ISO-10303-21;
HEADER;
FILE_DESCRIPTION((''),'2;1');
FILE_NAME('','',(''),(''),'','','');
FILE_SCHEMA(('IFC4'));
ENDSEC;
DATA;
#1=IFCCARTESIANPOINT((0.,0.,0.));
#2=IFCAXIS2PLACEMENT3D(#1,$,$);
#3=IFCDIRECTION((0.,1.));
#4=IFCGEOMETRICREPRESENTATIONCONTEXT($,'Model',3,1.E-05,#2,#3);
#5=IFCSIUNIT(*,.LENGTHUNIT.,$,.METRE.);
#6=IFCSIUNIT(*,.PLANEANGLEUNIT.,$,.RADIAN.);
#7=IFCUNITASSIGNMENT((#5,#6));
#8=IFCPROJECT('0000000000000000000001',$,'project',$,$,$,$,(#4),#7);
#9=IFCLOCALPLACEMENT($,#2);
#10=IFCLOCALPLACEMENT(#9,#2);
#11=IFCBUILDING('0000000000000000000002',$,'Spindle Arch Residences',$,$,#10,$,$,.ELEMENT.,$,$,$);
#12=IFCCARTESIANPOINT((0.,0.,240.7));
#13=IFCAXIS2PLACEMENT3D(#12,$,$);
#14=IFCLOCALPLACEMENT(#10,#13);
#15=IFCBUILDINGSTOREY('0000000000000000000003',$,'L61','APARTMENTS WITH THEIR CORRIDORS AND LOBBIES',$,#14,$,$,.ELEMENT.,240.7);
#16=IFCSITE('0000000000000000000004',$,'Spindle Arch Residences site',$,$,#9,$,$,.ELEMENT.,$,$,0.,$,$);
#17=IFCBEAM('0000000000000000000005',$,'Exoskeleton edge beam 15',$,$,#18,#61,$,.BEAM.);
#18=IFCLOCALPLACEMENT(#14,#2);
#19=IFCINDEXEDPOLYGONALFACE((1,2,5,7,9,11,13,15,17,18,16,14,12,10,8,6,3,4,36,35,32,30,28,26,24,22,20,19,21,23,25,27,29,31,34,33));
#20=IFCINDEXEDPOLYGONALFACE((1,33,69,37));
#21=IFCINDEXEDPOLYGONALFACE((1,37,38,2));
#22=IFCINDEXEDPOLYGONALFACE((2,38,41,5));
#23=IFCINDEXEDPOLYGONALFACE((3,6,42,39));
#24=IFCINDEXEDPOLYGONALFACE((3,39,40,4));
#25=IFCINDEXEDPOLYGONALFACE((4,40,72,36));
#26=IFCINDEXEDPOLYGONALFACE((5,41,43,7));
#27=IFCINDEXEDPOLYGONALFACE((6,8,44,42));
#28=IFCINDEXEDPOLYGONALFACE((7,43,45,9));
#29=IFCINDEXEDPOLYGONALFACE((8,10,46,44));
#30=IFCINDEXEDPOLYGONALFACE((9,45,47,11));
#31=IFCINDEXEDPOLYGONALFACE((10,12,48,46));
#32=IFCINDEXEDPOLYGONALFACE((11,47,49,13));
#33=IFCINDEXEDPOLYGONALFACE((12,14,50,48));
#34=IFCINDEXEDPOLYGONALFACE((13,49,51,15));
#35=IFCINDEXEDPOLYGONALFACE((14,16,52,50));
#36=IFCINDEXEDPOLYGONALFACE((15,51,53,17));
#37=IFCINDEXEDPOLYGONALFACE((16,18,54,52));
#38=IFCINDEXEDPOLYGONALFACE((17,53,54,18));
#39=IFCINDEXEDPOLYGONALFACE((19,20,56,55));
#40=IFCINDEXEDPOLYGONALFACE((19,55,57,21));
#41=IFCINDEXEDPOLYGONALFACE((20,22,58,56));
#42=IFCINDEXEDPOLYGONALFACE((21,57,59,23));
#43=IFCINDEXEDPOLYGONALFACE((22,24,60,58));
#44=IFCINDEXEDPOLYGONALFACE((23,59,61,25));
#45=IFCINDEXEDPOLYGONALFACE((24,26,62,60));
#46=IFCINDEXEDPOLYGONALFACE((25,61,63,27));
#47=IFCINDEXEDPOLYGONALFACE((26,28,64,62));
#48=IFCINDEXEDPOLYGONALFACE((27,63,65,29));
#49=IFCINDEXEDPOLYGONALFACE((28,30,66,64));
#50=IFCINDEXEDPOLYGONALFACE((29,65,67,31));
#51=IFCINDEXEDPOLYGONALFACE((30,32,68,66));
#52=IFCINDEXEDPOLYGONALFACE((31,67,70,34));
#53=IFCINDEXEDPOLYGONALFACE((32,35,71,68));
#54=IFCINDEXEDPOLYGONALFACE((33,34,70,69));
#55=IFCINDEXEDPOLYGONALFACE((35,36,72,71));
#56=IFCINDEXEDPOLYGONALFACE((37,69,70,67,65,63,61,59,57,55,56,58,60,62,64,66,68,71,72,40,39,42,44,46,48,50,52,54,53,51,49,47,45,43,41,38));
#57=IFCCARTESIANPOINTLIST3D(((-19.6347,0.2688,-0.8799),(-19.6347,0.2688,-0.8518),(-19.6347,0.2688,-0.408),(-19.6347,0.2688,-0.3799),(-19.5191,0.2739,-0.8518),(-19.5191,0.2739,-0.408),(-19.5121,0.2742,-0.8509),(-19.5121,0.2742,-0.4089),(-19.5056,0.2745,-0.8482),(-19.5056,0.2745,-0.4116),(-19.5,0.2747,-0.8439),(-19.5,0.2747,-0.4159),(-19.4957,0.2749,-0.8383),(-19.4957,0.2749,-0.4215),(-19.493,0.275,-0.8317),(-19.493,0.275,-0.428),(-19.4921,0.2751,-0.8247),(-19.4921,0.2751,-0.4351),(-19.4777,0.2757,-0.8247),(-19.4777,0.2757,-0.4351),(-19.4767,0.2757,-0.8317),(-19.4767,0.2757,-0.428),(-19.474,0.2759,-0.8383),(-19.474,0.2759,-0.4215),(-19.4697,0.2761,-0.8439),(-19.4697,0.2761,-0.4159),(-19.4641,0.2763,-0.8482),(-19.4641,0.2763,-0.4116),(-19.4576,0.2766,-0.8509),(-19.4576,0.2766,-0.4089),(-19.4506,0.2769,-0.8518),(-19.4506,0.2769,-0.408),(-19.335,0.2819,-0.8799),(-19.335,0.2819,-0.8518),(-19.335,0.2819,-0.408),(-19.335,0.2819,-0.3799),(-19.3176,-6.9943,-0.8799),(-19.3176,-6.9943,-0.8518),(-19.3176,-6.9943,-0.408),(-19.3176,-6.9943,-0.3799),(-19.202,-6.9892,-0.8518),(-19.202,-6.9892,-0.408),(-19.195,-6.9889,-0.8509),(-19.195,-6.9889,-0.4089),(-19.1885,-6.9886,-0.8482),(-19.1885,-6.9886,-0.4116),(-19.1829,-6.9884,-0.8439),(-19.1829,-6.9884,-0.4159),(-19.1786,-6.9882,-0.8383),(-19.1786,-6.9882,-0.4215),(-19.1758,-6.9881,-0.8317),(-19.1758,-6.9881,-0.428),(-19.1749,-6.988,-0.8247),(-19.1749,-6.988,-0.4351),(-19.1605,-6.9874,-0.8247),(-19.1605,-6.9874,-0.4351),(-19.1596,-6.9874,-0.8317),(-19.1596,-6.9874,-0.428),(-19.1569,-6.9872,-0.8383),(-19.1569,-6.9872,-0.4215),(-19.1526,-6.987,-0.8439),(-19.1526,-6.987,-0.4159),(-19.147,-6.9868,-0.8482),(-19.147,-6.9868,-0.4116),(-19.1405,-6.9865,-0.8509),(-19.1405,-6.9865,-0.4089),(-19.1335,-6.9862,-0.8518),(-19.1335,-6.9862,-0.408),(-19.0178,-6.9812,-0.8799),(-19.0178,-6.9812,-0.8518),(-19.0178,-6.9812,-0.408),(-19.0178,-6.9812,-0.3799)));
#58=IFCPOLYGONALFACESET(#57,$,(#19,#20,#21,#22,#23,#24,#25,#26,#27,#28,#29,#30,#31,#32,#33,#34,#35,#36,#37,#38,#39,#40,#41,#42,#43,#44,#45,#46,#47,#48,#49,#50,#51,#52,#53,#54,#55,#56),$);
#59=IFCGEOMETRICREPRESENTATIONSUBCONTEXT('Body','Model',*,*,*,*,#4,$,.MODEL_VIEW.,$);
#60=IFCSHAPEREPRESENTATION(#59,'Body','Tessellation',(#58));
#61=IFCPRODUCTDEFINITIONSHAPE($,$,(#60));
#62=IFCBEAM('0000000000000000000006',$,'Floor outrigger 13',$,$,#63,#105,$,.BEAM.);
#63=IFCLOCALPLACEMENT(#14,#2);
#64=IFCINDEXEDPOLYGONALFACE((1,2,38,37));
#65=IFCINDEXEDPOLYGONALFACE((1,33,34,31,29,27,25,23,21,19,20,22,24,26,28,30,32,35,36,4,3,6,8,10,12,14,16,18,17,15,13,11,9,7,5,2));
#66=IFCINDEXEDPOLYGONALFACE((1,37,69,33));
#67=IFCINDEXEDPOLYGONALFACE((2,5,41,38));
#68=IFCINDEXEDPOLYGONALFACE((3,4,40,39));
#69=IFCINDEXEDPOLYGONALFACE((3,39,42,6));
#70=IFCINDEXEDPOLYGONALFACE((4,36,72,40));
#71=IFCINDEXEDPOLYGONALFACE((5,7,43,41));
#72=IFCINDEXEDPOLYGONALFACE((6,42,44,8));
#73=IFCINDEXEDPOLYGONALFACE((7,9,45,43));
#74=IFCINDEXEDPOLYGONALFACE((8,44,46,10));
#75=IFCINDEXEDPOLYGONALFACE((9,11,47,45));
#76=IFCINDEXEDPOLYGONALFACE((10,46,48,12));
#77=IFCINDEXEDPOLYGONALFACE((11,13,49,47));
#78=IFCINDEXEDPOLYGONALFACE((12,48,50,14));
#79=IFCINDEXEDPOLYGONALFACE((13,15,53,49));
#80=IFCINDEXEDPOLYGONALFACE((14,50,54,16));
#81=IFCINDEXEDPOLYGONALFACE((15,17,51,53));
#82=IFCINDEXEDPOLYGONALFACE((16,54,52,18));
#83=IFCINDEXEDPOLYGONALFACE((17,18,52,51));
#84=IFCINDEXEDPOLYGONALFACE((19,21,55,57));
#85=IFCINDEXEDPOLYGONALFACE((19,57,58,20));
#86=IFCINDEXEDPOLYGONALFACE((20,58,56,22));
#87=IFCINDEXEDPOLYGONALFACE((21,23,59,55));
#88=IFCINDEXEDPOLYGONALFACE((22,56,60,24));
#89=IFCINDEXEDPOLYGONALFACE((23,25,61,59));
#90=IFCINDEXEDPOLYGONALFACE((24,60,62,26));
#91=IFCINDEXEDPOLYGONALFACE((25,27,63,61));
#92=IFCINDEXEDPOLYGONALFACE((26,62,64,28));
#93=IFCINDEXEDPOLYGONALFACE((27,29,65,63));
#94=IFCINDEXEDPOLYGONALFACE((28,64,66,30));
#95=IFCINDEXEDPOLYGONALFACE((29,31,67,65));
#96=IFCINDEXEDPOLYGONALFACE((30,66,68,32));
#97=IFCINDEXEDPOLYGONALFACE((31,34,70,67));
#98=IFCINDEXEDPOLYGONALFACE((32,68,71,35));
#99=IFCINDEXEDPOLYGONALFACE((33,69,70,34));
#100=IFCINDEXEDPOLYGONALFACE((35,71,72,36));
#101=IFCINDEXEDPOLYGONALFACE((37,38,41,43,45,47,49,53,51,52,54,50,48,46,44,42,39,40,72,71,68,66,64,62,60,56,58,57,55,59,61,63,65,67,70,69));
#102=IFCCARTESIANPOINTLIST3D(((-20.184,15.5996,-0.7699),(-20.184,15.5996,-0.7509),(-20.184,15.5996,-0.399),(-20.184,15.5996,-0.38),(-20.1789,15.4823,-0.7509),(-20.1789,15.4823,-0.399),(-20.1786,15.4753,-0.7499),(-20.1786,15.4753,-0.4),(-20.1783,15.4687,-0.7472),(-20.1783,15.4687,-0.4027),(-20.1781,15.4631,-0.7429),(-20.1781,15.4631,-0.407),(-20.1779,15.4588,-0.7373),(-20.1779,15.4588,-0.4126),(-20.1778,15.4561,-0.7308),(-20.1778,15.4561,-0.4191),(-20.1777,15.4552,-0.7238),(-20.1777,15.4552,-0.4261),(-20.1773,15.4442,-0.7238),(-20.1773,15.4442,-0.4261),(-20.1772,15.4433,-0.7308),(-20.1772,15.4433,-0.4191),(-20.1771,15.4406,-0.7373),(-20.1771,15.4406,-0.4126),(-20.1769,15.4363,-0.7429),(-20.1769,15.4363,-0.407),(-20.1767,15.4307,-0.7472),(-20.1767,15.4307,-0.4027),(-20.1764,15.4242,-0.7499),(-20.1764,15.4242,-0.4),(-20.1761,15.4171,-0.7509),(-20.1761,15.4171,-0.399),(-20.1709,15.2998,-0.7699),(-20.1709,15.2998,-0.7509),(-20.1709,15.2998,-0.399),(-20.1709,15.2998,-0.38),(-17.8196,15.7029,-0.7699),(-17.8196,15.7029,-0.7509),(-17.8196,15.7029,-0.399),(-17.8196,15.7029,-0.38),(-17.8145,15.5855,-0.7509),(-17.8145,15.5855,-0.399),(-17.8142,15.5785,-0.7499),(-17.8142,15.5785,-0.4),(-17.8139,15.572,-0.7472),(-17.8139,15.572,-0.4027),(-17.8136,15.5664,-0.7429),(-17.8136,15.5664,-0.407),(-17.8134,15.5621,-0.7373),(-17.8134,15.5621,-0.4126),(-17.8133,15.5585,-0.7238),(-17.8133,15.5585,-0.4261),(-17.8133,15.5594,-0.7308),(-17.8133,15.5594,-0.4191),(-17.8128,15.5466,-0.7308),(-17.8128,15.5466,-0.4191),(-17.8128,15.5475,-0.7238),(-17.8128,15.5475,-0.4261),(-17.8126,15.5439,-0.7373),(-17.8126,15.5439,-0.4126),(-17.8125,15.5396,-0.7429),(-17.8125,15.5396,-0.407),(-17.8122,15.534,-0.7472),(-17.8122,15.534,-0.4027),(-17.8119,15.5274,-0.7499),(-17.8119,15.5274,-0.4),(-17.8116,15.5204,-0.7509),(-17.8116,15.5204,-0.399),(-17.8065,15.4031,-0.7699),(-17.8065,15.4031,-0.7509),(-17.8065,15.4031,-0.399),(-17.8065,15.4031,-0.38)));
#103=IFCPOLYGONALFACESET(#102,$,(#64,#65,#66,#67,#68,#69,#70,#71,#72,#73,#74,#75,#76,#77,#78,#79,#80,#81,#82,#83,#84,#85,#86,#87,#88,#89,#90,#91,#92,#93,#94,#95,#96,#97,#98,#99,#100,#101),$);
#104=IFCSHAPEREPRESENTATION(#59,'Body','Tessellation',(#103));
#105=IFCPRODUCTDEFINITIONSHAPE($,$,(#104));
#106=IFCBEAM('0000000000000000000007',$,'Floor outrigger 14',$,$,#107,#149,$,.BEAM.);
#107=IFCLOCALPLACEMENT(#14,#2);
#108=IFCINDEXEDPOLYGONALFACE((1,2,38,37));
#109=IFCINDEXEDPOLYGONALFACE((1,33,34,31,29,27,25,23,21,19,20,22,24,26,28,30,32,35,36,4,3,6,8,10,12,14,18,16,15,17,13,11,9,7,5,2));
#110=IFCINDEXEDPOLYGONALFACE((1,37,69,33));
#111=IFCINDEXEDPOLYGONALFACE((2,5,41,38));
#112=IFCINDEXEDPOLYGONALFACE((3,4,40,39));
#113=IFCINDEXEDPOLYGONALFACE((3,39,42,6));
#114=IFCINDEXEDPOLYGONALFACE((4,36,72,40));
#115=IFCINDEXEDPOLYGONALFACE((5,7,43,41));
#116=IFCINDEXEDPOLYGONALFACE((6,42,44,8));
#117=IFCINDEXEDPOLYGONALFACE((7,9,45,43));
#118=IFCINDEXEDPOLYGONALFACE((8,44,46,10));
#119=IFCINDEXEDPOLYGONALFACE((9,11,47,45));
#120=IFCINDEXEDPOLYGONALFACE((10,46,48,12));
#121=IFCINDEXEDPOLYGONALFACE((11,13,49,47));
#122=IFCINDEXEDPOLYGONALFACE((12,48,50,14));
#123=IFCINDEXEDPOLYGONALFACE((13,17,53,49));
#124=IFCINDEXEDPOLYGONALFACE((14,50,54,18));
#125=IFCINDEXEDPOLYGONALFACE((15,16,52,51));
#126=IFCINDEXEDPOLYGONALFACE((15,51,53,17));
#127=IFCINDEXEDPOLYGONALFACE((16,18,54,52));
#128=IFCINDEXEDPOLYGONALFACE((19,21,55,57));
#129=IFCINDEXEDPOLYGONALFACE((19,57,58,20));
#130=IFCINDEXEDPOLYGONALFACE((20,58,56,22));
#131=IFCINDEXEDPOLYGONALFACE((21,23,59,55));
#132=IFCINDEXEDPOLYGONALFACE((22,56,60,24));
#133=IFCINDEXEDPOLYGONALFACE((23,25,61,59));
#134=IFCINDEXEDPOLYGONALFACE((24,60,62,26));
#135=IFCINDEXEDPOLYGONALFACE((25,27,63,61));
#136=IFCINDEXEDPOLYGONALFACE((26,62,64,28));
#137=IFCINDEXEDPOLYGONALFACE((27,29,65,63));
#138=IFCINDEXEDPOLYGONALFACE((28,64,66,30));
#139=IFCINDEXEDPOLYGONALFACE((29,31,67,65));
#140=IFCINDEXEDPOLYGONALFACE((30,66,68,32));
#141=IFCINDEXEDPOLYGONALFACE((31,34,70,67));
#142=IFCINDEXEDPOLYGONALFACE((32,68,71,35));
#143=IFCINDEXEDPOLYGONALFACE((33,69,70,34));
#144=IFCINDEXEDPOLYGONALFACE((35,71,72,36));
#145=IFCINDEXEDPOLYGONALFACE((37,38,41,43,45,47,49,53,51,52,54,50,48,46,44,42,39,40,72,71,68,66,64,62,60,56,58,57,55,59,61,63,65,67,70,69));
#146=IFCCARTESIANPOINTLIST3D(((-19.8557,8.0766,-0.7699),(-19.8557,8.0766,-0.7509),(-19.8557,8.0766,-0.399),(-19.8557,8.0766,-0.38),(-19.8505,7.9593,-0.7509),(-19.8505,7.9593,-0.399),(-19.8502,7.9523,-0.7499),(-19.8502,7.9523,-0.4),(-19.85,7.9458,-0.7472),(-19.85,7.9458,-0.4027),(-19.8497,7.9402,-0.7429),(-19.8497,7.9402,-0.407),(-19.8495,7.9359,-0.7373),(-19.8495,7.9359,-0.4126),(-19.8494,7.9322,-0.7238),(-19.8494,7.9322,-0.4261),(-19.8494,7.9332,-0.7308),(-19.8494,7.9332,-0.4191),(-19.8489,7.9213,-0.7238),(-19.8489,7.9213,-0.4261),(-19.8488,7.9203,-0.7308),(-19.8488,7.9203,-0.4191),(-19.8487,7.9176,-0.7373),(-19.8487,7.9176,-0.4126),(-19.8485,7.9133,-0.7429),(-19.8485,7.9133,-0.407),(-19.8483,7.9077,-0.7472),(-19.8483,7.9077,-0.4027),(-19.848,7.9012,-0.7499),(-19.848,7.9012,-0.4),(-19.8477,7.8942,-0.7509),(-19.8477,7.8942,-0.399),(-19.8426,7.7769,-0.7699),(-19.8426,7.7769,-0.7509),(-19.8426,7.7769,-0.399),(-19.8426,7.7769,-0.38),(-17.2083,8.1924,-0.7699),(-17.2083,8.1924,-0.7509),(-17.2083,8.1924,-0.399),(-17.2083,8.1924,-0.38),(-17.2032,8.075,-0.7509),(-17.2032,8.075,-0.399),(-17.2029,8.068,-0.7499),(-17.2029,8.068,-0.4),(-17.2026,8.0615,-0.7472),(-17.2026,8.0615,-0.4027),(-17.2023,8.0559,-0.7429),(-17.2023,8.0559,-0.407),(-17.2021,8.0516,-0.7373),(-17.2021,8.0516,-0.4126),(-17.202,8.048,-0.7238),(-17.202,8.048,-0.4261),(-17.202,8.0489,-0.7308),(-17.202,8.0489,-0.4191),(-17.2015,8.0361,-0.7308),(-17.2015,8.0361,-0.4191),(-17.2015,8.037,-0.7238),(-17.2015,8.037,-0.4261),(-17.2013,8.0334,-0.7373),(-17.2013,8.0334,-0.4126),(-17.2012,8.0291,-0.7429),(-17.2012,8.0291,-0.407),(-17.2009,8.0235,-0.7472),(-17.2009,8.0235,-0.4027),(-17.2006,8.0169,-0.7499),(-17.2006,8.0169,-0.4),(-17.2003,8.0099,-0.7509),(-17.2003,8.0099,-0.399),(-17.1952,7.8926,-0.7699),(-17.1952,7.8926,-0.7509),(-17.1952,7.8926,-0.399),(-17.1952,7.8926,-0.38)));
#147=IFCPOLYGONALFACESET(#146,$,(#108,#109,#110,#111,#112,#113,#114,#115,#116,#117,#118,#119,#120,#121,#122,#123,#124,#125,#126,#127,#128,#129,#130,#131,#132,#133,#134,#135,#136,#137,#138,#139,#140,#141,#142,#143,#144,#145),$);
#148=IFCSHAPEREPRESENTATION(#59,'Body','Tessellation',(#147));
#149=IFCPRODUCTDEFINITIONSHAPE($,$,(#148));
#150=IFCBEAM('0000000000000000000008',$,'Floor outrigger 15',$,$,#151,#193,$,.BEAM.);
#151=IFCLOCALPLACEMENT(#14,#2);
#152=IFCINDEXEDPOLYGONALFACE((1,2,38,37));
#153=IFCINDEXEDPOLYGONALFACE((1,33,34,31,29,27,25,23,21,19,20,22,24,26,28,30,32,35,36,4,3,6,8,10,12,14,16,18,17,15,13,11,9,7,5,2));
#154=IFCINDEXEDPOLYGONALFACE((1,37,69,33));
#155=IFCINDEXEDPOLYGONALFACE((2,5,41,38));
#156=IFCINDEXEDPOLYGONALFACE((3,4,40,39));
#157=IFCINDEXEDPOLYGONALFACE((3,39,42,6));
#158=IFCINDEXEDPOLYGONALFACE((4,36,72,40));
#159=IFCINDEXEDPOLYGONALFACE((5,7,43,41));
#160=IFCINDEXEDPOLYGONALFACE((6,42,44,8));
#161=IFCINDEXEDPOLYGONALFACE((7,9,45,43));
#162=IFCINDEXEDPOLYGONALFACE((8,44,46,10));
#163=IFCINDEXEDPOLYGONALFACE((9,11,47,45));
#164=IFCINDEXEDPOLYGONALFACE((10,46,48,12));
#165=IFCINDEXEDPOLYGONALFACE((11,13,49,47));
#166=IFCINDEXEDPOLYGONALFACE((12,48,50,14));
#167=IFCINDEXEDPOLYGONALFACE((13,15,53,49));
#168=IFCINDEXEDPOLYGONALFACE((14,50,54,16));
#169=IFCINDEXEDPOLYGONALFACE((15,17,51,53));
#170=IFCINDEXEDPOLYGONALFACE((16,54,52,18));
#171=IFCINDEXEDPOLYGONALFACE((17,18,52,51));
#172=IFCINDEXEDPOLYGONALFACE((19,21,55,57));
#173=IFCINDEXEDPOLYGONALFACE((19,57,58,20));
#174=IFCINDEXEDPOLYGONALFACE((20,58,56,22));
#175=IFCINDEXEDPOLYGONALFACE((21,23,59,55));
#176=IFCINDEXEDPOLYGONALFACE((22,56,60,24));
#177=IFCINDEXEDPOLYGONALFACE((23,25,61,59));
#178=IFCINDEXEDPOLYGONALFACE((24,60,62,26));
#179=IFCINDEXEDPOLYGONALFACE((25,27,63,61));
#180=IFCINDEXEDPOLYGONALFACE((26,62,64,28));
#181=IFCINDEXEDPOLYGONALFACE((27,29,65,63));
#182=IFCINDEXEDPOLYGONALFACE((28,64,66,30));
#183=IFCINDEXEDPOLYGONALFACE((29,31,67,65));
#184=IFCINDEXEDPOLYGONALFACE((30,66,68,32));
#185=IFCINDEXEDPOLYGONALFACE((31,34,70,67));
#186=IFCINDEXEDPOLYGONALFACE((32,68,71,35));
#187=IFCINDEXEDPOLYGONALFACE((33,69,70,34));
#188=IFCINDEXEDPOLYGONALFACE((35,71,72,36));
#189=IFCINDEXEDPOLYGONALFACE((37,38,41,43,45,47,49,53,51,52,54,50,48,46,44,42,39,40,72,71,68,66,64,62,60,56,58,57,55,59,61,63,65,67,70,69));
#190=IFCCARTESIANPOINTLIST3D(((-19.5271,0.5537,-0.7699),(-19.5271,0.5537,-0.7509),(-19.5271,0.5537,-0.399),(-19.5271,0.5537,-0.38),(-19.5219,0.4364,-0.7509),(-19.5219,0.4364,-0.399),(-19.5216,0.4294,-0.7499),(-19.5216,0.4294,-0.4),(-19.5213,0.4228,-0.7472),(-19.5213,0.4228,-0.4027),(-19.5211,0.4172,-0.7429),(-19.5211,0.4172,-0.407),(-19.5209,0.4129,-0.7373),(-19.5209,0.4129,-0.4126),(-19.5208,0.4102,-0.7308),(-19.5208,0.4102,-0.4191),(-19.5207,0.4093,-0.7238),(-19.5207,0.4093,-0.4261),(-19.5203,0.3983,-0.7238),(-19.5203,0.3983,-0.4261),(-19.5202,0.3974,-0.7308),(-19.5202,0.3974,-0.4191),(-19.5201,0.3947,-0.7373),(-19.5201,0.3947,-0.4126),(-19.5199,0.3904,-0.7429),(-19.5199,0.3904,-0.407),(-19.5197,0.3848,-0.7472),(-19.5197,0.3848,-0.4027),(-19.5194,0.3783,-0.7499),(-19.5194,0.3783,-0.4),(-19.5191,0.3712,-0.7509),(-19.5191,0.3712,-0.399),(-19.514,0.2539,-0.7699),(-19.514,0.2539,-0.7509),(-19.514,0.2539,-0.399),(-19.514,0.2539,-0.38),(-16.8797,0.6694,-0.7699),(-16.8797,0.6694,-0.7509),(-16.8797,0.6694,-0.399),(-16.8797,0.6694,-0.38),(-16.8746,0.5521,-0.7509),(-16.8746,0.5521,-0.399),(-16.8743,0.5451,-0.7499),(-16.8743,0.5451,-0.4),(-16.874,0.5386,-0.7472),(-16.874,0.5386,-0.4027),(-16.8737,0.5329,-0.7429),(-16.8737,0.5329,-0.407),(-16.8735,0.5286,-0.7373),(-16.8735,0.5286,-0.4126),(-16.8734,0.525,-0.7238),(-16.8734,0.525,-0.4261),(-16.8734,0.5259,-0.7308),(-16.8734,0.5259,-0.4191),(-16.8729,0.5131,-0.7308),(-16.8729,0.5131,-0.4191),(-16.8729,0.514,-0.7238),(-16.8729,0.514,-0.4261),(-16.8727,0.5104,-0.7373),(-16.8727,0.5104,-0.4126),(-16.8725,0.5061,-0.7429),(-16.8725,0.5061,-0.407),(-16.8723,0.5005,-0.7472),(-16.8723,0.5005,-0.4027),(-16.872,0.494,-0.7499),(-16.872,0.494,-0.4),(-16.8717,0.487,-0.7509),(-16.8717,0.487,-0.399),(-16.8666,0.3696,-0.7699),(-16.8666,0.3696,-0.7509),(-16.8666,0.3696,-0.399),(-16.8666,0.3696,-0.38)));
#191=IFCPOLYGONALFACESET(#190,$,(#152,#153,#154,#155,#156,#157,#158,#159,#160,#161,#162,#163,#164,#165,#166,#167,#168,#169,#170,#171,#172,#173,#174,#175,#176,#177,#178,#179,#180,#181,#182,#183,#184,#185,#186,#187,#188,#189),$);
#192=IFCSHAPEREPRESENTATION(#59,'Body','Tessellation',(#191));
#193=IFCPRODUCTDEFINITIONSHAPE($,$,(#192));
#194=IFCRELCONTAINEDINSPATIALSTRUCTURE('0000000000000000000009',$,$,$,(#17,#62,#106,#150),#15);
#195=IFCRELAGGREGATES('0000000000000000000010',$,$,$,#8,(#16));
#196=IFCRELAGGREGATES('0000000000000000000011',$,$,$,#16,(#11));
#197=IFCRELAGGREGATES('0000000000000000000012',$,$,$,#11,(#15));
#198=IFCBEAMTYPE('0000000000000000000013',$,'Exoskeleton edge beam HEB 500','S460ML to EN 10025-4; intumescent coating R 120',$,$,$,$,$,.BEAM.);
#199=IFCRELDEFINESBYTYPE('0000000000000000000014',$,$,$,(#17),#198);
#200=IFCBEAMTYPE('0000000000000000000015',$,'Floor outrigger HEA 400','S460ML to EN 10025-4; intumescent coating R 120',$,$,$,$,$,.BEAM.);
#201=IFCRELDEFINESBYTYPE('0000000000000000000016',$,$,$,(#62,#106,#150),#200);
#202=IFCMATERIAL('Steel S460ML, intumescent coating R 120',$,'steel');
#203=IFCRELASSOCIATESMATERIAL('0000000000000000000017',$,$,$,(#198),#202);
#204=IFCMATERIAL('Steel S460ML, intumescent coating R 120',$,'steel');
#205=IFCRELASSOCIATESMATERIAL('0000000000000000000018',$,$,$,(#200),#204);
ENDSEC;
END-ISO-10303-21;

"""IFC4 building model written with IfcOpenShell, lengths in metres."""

from ifc_helpers import new_model, si_unit, direction, frame, origin, origin_2d, place, context, subcontext, project, spatial, i_section, extrude, material, material_profile, profile_set, type_object, element, save


model = new_model("IFC4")

# Units and contexts
model_context = context("Model", 3, precision=1e-05, world=origin(), true_north=direction((0.0, 1.0)))
body_context = subcontext(model_context, "Body", "Model", "MODEL_VIEW")
ifc_project = project(units=[si_unit("LENGTHUNIT", "METRE"), si_unit("PLANEANGLEUNIT", "RADIAN")], contexts=[model_context])

# Site, building, storey
site_placement = place(None, origin())
site = spatial("IfcSite", under=ifc_project, at=site_placement, Name="Spindle Arch Residences site", CompositionType="ELEMENT", RefElevation=0.0)
building_placement = place(site_placement, origin())
building = spatial("IfcBuilding", under=site, at=building_placement, Name="Spindle Arch Residences", CompositionType="ELEMENT")
storey_placement = place(building_placement, frame((0.0, 0.0, 240.7)))
storey = spatial("IfcBuildingStorey", under=building, at=storey_placement, Name="L61", Description="APARTMENTS WITH THEIR CORRIDORS AND LOBBIES", CompositionType="ELEMENT", Elevation=240.7)

# Beams
ifc_material_1 = material(Name="Steel S460ML, intumescent coating R 120", Category="steel")
ifc_material_profile_1 = material_profile(ifc_material_1, i_section(OverallWidth=0.3, OverallDepth=0.5, WebThickness=0.0144, FlangeThickness=0.0281, FilletRadius=0.0271, at=origin_2d()), Name="HEB 500")
ifc_profile_set_1 = profile_set([ifc_material_profile_1], Name="Steel S460ML, intumescent coating R 120")
beam_type_1 = type_object("IfcBeamType", Name="Exoskeleton edge beam HEB 500", Description="S460ML to EN 10025-4; intumescent coating R 120", PredefinedType="BEAM", material=ifc_profile_set_1)
for number, where, z_axis, x_axis, name in (
    (1, (-19.4849, 0.2754, -0.6299), (0.043622, -0.999048, 0.0), (0.999048, 0.043622, 0.0), "Exoskeleton edge beam 15"),
):
    element("IfcBeam", number, at=place(storey_placement, frame(where, z_axis=z_axis, x_axis=x_axis)), inside=storey, type_object=beam_type_1, Name=name, PredefinedType="BEAM", context=body_context, shape_type="SweptSolid", body=[
        extrude(i_section(OverallWidth=0.3, OverallDepth=0.5, WebThickness=0.0144, FlangeThickness=0.0281, FilletRadius=0.0271, at=origin_2d()), origin(), (0.0, 0.0, 1.0), 7.27),
    ])
ifc_material_2 = material(Name="Steel S460ML, intumescent coating R 120", Category="steel")
ifc_material_profile_2 = material_profile(ifc_material_2, i_section(OverallWidth=0.3, OverallDepth=0.3899, WebThickness=0.011, FlangeThickness=0.019, FilletRadius=0.0271, at=origin_2d()), Name="HEA 400")
ifc_profile_set_2 = profile_set([ifc_material_profile_2], Name="Steel S460ML, intumescent coating R 120")
beam_type_2 = type_object("IfcBeamType", Name="Floor outrigger HEA 400", Description="S460ML to EN 10025-4; intumescent coating R 120", PredefinedType="BEAM", material=ifc_profile_set_2)
beam_placement = place(storey_placement, frame((-20.1775, 15.4497, -0.575), z_axis=(0.999048, 0.043634, 0.0), x_axis=(-0.043634, 0.999048, 0.0)))
element("IfcBeam", 2, at=beam_placement, inside=storey, type_object=beam_type_2, Name="Floor outrigger 13", PredefinedType="BEAM", context=body_context, shape_type="SweptSolid", body=[
    extrude(i_section(OverallWidth=0.3, OverallDepth=0.3899, WebThickness=0.011, FlangeThickness=0.019, FilletRadius=0.0271, at=origin_2d()), origin(), (0.0, 0.0, 1.0), 2.3667),
])
for number, where, z_axis, x_axis, name in (
    (3, (-19.8491, 7.9268, -0.575), (0.999046, 0.043669, 0.0), (-0.043669, 0.999046, 0.0), "Floor outrigger 14"),
    (4, (-19.5205, 0.4038, -0.575), (0.999046, 0.043669, 0.0), (-0.043669, 0.999046, 0.0), "Floor outrigger 15"),
):
    element("IfcBeam", number, at=place(storey_placement, frame(where, z_axis=z_axis, x_axis=x_axis)), inside=storey, type_object=beam_type_2, Name=name, PredefinedType="BEAM", context=body_context, shape_type="SweptSolid", body=[
        extrude(i_section(OverallWidth=0.3, OverallDepth=0.3899, WebThickness=0.011, FlangeThickness=0.019, FilletRadius=0.0271, at=origin_2d()), origin(), (0.0, 0.0, 1.0), 2.6499),
    ])

save(model, "model.ifc")
